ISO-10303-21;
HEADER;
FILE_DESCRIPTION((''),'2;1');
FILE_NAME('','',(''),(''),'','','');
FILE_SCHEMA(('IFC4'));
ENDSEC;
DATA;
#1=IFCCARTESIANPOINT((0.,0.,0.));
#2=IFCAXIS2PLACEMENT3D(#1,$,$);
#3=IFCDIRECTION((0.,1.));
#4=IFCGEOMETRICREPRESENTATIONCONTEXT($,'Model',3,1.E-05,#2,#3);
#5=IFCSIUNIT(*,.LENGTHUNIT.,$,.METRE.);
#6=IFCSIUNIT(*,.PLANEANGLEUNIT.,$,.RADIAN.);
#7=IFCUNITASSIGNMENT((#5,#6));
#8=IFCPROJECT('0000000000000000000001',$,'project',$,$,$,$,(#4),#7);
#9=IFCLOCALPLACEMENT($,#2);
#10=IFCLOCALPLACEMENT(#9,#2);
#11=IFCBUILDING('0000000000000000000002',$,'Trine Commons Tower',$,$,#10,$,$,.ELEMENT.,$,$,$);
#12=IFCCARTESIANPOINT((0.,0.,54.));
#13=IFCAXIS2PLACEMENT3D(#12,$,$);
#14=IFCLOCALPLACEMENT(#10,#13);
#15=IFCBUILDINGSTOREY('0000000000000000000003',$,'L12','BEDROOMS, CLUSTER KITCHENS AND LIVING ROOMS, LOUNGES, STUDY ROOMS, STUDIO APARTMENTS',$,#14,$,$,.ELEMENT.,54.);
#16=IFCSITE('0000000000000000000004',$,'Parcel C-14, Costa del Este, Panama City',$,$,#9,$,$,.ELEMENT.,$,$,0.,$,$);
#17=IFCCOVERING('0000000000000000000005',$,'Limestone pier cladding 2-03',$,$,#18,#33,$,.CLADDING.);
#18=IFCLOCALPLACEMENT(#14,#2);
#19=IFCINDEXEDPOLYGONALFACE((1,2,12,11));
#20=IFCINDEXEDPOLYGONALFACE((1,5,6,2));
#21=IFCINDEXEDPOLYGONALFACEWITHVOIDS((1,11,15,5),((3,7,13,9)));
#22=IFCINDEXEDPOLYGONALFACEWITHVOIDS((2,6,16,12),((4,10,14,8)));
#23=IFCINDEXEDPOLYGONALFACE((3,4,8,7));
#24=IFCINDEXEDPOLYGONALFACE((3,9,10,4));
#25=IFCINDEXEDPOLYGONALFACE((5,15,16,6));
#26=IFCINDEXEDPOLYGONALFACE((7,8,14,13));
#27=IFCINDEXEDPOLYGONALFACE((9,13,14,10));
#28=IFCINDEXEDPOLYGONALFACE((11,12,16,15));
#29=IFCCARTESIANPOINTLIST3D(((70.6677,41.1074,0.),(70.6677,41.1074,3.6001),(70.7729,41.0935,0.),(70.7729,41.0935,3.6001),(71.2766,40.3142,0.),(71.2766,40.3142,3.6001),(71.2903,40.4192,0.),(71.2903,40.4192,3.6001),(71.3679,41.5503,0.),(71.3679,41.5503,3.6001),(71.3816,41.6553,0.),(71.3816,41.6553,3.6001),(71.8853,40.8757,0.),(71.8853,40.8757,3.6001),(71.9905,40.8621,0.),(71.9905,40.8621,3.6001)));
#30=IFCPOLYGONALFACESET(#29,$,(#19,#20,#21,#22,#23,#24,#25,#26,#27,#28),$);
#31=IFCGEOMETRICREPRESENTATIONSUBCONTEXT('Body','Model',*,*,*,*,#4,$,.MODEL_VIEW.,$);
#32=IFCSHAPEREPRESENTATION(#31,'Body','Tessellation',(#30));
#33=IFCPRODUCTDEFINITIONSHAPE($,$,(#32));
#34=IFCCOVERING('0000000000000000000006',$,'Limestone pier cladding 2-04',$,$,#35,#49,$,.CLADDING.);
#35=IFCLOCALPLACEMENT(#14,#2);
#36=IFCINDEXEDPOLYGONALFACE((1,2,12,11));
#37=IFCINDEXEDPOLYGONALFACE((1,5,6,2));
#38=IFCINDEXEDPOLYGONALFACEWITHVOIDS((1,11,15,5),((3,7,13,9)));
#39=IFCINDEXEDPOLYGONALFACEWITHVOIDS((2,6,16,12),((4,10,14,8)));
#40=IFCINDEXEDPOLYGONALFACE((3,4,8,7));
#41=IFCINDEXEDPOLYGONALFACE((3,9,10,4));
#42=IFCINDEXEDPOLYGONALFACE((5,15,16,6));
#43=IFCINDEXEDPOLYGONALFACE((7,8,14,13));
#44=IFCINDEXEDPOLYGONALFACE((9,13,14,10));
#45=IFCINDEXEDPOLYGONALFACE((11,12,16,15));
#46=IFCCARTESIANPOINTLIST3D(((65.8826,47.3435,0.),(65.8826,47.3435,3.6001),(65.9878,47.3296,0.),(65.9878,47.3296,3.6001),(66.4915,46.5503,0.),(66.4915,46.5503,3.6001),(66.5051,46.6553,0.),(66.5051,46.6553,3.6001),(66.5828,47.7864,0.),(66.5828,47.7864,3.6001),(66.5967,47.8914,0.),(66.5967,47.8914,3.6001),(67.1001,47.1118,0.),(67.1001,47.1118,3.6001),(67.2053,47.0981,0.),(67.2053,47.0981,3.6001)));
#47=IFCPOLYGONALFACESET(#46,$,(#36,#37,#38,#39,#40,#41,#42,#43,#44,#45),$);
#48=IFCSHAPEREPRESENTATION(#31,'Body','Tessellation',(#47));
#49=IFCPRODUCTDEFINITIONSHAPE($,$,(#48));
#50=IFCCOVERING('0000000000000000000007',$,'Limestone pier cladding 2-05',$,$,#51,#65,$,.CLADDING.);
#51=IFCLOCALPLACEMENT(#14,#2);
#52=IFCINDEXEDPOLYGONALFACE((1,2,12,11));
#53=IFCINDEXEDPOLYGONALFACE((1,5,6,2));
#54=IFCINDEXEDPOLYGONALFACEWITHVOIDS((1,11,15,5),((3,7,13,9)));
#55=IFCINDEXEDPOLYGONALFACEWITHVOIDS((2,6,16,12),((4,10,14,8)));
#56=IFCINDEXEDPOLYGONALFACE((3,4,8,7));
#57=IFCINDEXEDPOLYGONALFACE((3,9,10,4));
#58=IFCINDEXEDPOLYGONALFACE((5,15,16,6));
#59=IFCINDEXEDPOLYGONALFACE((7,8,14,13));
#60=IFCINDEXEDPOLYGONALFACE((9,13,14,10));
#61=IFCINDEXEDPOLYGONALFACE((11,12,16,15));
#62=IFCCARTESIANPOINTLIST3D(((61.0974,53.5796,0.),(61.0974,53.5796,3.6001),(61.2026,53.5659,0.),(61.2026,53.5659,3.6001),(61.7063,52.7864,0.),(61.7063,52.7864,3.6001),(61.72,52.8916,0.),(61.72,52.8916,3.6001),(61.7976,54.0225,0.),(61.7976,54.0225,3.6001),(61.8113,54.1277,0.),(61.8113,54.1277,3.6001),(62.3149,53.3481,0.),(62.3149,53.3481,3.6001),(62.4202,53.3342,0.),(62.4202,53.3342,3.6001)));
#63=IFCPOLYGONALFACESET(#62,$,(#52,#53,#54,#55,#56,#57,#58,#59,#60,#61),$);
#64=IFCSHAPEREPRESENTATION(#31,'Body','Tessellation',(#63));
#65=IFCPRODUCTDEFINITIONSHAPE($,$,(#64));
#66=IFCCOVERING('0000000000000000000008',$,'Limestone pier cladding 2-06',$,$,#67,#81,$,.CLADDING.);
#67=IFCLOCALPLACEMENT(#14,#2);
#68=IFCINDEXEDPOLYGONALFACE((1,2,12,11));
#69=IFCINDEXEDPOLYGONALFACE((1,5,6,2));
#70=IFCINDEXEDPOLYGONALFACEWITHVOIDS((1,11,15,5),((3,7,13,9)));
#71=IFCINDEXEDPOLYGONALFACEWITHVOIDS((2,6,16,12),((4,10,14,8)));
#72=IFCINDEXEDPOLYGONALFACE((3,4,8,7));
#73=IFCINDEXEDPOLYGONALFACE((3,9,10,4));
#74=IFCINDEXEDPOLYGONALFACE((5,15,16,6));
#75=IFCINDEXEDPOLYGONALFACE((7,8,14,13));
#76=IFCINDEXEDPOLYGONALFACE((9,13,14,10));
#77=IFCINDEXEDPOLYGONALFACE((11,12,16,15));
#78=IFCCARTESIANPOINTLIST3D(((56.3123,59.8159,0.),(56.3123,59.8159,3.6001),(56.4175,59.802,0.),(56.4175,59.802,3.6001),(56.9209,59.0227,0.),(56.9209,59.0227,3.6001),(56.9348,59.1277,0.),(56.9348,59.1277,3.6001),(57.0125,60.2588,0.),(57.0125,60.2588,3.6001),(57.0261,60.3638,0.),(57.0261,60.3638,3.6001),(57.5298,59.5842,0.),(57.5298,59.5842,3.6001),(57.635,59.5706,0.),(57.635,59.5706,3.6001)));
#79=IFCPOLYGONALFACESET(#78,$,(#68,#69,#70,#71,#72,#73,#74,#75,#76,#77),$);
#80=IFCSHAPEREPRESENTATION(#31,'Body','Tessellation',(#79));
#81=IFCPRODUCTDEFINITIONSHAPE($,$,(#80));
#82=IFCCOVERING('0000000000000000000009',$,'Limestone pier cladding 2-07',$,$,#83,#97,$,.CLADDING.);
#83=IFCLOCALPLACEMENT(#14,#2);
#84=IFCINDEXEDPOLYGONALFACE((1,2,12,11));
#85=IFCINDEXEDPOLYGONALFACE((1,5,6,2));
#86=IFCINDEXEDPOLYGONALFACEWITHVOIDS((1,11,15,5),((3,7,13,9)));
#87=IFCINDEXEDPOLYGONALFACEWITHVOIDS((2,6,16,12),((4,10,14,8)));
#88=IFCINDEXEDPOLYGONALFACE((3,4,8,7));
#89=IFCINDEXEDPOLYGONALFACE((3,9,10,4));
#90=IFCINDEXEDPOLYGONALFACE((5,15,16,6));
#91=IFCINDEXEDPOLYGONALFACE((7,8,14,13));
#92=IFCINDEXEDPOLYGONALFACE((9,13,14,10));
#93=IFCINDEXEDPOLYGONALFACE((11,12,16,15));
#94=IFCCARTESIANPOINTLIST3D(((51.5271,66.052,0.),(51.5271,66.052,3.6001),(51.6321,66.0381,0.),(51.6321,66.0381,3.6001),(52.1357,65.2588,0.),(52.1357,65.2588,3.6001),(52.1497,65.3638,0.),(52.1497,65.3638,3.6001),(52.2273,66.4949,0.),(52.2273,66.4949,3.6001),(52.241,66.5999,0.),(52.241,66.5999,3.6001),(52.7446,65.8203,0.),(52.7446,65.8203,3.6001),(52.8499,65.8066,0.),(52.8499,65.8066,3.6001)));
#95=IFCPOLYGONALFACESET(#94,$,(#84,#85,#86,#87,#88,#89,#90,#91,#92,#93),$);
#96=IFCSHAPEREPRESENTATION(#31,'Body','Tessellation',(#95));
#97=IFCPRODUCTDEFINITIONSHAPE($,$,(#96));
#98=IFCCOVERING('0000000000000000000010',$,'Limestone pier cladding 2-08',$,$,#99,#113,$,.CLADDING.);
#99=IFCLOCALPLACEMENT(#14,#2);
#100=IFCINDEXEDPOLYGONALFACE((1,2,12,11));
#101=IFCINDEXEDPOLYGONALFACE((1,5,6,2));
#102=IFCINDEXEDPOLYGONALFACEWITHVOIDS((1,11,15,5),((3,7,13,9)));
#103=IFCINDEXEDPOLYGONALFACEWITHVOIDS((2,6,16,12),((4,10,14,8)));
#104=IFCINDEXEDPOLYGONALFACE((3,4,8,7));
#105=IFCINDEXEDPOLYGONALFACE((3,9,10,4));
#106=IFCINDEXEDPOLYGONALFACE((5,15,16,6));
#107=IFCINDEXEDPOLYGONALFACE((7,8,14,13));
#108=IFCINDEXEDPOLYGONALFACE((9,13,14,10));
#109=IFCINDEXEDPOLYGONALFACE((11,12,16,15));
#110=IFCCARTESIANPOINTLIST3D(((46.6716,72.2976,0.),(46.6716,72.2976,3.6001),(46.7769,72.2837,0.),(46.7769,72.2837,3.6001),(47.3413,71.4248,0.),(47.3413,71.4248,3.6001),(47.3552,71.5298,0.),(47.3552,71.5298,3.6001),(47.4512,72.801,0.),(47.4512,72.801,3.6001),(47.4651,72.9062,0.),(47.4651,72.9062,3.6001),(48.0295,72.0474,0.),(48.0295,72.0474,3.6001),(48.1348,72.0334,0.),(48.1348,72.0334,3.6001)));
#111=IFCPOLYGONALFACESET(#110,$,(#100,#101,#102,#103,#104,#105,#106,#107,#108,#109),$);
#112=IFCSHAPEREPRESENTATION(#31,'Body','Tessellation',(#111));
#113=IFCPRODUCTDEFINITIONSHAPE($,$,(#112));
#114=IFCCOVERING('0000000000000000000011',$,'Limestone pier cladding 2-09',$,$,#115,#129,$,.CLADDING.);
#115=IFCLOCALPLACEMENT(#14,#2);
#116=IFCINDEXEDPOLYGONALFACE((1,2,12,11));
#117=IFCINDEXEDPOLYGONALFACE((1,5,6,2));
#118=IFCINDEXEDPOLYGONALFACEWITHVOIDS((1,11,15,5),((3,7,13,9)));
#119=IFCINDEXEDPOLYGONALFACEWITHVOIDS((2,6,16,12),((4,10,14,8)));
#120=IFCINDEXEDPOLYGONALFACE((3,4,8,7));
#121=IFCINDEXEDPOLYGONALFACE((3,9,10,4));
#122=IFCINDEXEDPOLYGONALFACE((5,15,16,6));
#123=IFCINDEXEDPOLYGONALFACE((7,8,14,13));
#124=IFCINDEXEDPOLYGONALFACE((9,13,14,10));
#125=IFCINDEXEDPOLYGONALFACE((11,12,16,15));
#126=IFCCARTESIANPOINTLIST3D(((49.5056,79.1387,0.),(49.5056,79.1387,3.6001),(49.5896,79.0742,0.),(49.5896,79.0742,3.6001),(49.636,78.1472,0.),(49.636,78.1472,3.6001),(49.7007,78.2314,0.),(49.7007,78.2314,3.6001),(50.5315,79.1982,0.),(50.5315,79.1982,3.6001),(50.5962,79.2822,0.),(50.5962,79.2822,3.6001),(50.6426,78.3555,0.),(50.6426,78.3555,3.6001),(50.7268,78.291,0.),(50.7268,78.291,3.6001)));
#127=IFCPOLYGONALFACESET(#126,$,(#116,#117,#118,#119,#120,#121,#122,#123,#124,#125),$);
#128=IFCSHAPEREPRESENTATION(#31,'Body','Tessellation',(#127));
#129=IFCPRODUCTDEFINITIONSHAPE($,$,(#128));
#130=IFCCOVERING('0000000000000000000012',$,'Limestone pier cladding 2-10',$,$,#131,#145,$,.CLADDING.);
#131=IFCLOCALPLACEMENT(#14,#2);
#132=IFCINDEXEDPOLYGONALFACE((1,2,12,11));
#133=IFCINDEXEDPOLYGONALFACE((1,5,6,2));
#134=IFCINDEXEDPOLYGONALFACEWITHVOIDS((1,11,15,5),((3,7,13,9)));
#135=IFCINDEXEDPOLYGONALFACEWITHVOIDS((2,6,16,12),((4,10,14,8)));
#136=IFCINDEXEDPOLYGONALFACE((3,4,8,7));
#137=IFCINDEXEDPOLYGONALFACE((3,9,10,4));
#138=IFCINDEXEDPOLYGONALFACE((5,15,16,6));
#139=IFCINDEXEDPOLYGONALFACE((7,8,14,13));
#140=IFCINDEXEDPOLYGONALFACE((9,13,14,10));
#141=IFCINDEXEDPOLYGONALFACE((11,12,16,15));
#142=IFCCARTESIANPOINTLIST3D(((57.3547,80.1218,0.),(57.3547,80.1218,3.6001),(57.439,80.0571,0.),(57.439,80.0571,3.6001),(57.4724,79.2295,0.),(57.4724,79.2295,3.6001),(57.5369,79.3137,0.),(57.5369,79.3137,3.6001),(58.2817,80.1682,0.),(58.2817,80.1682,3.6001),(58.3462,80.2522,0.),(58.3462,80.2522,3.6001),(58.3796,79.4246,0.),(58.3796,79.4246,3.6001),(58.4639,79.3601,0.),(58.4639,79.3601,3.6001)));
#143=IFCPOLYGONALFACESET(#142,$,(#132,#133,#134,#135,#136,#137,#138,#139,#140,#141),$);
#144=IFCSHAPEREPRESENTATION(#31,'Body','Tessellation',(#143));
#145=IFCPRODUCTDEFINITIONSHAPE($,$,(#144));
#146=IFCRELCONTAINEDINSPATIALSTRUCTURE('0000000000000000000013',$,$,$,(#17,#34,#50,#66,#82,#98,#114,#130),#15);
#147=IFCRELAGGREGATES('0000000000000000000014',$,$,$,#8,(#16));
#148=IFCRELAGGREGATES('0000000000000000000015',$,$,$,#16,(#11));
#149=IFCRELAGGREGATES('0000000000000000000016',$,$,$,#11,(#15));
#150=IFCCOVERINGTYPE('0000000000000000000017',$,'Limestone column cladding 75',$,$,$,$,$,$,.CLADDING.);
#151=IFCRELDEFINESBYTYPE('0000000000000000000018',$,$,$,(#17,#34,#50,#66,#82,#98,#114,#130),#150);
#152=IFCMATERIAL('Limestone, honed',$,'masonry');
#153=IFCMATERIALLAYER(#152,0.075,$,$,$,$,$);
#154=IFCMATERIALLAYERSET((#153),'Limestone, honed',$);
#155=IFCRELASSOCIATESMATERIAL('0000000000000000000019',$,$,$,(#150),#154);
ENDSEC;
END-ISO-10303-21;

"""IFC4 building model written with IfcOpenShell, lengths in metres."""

from ifc_helpers import new_model, si_unit, direction, frame, origin, place, context, subcontext, project, spatial, polyline, outline, extrude, material, layer, layer_set, type_object, element, save


model = new_model("IFC4")

# Units and contexts
model_context = context("Model", 3, precision=1e-05, world=origin(), true_north=direction((0.0, 1.0)))
body_context = subcontext(model_context, "Body", "Model", "MODEL_VIEW")
ifc_project = project(units=[si_unit("LENGTHUNIT", "METRE"), si_unit("PLANEANGLEUNIT", "RADIAN")], contexts=[model_context])

# Site, building, storey
site_placement = place(None, origin())
site = spatial("IfcSite", under=ifc_project, at=site_placement, Name="Parcel C-14, Costa del Este, Panama City", CompositionType="ELEMENT", RefElevation=0.0)
building_placement = place(site_placement, origin())
building = spatial("IfcBuilding", under=site, at=building_placement, Name="Trine Commons Tower", CompositionType="ELEMENT")
storey_placement = place(building_placement, frame((0.0, 0.0, 54.0)))
storey = spatial("IfcBuildingStorey", under=building, at=storey_placement, Name="L12", Description="BEDROOMS, CLUSTER KITCHENS AND LIVING ROOMS, LOUNGES, STUDY ROOMS, STUDIO APARTMENTS", CompositionType="ELEMENT", Elevation=54.0)

# Coverings
ifc_material_1 = material(Name="Limestone, honed", Category="masonry")
ifc_layer_1 = layer(ifc_material_1, 0.075)
ifc_layer_set_1 = layer_set([ifc_layer_1], Name="Limestone, honed")
covering_type_1 = type_object("IfcCoveringType", Name="Limestone column cladding 75", PredefinedType="CLADDING", material=ifc_layer_set_1)
covering_1_placement = place(storey_placement, origin())
element("IfcCovering", 1, at=covering_1_placement, inside=storey, type_object=covering_type_1, Name="Limestone pier cladding 2-03", PredefinedType="CLADDING", context=body_context, shape_type="SweptSolid", body=[
    extrude(outline(polyline([(71.3816, 41.6553), (70.6677, 41.1074), (71.2766, 40.3142), (71.9905, 40.8621), (71.3816, 41.6553)]), holes=[polyline([(71.3679, 41.5503), (70.7729, 41.0935), (71.2903, 40.4192), (71.8853, 40.8757), (71.3679, 41.5503)])]), origin(), (0.0, 0.0, 1.0), 3.6001),
])
covering_2_placement = place(storey_placement, origin())
element("IfcCovering", 2, at=covering_2_placement, inside=storey, type_object=covering_type_1, Name="Limestone pier cladding 2-04", PredefinedType="CLADDING", context=body_context, shape_type="SweptSolid", body=[
    extrude(outline(polyline([(66.5967, 47.8914), (65.8826, 47.3435), (66.4915, 46.5503), (67.2053, 47.0981), (66.5967, 47.8914)]), holes=[polyline([(66.5828, 47.7864), (65.9878, 47.3296), (66.5051, 46.6553), (67.1001, 47.1118), (66.5828, 47.7864)])]), origin(), (0.0, 0.0, 1.0), 3.6001),
])
covering_3_placement = place(storey_placement, origin())
element("IfcCovering", 3, at=covering_3_placement, inside=storey, type_object=covering_type_1, Name="Limestone pier cladding 2-05", PredefinedType="CLADDING", context=body_context, shape_type="SweptSolid", body=[
    extrude(outline(polyline([(61.8113, 54.1277), (61.0974, 53.5796), (61.7063, 52.7864), (62.4202, 53.3342), (61.8113, 54.1277)]), holes=[polyline([(61.7976, 54.0225), (61.2026, 53.5659), (61.72, 52.8916), (62.3149, 53.3481), (61.7976, 54.0225)])]), origin(), (0.0, 0.0, 1.0), 3.6001),
])
covering_4_placement = place(storey_placement, origin())
element("IfcCovering", 4, at=covering_4_placement, inside=storey, type_object=covering_type_1, Name="Limestone pier cladding 2-06", PredefinedType="CLADDING", context=body_context, shape_type="SweptSolid", body=[
    extrude(outline(polyline([(57.0261, 60.3638), (56.3123, 59.8159), (56.9209, 59.0227), (57.635, 59.5706), (57.0261, 60.3638)]), holes=[polyline([(57.0125, 60.2588), (56.4175, 59.802), (56.9348, 59.1277), (57.5298, 59.5842), (57.0125, 60.2588)])]), origin(), (0.0, 0.0, 1.0), 3.6001),
])
covering_5_placement = place(storey_placement, origin())
element("IfcCovering", 5, at=covering_5_placement, inside=storey, type_object=covering_type_1, Name="Limestone pier cladding 2-07", PredefinedType="CLADDING", context=body_context, shape_type="SweptSolid", body=[
    extrude(outline(polyline([(52.241, 66.5999), (51.5271, 66.052), (52.1357, 65.2588), (52.8499, 65.8066), (52.241, 66.5999)]), holes=[polyline([(52.2273, 66.4949), (51.6321, 66.0381), (52.1497, 65.3638), (52.7446, 65.8203), (52.2273, 66.4949)])]), origin(), (0.0, 0.0, 1.0), 3.6001),
])
covering_6_placement = place(storey_placement, origin())
element("IfcCovering", 6, at=covering_6_placement, inside=storey, type_object=covering_type_1, Name="Limestone pier cladding 2-08", PredefinedType="CLADDING", context=body_context, shape_type="SweptSolid", body=[
    extrude(outline(polyline([(47.4651, 72.9062), (46.6716, 72.2976), (47.3413, 71.4248), (48.1348, 72.0334), (47.4651, 72.9062)]), holes=[polyline([(47.4512, 72.801), (46.7769, 72.2837), (47.3552, 71.5298), (48.0295, 72.0474), (47.4512, 72.801)])]), origin(), (0.0, 0.0, 1.0), 3.6001),
])
covering_7_placement = place(storey_placement, origin())
element("IfcCovering", 7, at=covering_7_placement, inside=storey, type_object=covering_type_1, Name="Limestone pier cladding 2-09", PredefinedType="CLADDING", context=body_context, shape_type="SweptSolid", body=[
    extrude(outline(polyline([(50.7268, 78.291), (50.5962, 79.2822), (49.5056, 79.1387), (49.636, 78.1472), (50.7268, 78.291)]), holes=[polyline([(50.6426, 78.3555), (50.5315, 79.1982), (49.5896, 79.0742), (49.7007, 78.2314), (50.6426, 78.3555)])]), origin(), (0.0, 0.0, 1.0), 3.6001),
])
covering_8_placement = place(storey_placement, origin())
element("IfcCovering", 8, at=covering_8_placement, inside=storey, type_object=covering_type_1, Name="Limestone pier cladding 2-10", PredefinedType="CLADDING", context=body_context, shape_type="SweptSolid", body=[
    extrude(outline(polyline([(58.4639, 79.3601), (58.3462, 80.2522), (57.3547, 80.1218), (57.4724, 79.2295), (58.4639, 79.3601)]), holes=[polyline([(58.3796, 79.4246), (58.2817, 80.1682), (57.439, 80.0571), (57.5369, 79.3137), (58.3796, 79.4246)])]), origin(), (0.0, 0.0, 1.0), 3.6001),
])

save(model, "model.ifc")
